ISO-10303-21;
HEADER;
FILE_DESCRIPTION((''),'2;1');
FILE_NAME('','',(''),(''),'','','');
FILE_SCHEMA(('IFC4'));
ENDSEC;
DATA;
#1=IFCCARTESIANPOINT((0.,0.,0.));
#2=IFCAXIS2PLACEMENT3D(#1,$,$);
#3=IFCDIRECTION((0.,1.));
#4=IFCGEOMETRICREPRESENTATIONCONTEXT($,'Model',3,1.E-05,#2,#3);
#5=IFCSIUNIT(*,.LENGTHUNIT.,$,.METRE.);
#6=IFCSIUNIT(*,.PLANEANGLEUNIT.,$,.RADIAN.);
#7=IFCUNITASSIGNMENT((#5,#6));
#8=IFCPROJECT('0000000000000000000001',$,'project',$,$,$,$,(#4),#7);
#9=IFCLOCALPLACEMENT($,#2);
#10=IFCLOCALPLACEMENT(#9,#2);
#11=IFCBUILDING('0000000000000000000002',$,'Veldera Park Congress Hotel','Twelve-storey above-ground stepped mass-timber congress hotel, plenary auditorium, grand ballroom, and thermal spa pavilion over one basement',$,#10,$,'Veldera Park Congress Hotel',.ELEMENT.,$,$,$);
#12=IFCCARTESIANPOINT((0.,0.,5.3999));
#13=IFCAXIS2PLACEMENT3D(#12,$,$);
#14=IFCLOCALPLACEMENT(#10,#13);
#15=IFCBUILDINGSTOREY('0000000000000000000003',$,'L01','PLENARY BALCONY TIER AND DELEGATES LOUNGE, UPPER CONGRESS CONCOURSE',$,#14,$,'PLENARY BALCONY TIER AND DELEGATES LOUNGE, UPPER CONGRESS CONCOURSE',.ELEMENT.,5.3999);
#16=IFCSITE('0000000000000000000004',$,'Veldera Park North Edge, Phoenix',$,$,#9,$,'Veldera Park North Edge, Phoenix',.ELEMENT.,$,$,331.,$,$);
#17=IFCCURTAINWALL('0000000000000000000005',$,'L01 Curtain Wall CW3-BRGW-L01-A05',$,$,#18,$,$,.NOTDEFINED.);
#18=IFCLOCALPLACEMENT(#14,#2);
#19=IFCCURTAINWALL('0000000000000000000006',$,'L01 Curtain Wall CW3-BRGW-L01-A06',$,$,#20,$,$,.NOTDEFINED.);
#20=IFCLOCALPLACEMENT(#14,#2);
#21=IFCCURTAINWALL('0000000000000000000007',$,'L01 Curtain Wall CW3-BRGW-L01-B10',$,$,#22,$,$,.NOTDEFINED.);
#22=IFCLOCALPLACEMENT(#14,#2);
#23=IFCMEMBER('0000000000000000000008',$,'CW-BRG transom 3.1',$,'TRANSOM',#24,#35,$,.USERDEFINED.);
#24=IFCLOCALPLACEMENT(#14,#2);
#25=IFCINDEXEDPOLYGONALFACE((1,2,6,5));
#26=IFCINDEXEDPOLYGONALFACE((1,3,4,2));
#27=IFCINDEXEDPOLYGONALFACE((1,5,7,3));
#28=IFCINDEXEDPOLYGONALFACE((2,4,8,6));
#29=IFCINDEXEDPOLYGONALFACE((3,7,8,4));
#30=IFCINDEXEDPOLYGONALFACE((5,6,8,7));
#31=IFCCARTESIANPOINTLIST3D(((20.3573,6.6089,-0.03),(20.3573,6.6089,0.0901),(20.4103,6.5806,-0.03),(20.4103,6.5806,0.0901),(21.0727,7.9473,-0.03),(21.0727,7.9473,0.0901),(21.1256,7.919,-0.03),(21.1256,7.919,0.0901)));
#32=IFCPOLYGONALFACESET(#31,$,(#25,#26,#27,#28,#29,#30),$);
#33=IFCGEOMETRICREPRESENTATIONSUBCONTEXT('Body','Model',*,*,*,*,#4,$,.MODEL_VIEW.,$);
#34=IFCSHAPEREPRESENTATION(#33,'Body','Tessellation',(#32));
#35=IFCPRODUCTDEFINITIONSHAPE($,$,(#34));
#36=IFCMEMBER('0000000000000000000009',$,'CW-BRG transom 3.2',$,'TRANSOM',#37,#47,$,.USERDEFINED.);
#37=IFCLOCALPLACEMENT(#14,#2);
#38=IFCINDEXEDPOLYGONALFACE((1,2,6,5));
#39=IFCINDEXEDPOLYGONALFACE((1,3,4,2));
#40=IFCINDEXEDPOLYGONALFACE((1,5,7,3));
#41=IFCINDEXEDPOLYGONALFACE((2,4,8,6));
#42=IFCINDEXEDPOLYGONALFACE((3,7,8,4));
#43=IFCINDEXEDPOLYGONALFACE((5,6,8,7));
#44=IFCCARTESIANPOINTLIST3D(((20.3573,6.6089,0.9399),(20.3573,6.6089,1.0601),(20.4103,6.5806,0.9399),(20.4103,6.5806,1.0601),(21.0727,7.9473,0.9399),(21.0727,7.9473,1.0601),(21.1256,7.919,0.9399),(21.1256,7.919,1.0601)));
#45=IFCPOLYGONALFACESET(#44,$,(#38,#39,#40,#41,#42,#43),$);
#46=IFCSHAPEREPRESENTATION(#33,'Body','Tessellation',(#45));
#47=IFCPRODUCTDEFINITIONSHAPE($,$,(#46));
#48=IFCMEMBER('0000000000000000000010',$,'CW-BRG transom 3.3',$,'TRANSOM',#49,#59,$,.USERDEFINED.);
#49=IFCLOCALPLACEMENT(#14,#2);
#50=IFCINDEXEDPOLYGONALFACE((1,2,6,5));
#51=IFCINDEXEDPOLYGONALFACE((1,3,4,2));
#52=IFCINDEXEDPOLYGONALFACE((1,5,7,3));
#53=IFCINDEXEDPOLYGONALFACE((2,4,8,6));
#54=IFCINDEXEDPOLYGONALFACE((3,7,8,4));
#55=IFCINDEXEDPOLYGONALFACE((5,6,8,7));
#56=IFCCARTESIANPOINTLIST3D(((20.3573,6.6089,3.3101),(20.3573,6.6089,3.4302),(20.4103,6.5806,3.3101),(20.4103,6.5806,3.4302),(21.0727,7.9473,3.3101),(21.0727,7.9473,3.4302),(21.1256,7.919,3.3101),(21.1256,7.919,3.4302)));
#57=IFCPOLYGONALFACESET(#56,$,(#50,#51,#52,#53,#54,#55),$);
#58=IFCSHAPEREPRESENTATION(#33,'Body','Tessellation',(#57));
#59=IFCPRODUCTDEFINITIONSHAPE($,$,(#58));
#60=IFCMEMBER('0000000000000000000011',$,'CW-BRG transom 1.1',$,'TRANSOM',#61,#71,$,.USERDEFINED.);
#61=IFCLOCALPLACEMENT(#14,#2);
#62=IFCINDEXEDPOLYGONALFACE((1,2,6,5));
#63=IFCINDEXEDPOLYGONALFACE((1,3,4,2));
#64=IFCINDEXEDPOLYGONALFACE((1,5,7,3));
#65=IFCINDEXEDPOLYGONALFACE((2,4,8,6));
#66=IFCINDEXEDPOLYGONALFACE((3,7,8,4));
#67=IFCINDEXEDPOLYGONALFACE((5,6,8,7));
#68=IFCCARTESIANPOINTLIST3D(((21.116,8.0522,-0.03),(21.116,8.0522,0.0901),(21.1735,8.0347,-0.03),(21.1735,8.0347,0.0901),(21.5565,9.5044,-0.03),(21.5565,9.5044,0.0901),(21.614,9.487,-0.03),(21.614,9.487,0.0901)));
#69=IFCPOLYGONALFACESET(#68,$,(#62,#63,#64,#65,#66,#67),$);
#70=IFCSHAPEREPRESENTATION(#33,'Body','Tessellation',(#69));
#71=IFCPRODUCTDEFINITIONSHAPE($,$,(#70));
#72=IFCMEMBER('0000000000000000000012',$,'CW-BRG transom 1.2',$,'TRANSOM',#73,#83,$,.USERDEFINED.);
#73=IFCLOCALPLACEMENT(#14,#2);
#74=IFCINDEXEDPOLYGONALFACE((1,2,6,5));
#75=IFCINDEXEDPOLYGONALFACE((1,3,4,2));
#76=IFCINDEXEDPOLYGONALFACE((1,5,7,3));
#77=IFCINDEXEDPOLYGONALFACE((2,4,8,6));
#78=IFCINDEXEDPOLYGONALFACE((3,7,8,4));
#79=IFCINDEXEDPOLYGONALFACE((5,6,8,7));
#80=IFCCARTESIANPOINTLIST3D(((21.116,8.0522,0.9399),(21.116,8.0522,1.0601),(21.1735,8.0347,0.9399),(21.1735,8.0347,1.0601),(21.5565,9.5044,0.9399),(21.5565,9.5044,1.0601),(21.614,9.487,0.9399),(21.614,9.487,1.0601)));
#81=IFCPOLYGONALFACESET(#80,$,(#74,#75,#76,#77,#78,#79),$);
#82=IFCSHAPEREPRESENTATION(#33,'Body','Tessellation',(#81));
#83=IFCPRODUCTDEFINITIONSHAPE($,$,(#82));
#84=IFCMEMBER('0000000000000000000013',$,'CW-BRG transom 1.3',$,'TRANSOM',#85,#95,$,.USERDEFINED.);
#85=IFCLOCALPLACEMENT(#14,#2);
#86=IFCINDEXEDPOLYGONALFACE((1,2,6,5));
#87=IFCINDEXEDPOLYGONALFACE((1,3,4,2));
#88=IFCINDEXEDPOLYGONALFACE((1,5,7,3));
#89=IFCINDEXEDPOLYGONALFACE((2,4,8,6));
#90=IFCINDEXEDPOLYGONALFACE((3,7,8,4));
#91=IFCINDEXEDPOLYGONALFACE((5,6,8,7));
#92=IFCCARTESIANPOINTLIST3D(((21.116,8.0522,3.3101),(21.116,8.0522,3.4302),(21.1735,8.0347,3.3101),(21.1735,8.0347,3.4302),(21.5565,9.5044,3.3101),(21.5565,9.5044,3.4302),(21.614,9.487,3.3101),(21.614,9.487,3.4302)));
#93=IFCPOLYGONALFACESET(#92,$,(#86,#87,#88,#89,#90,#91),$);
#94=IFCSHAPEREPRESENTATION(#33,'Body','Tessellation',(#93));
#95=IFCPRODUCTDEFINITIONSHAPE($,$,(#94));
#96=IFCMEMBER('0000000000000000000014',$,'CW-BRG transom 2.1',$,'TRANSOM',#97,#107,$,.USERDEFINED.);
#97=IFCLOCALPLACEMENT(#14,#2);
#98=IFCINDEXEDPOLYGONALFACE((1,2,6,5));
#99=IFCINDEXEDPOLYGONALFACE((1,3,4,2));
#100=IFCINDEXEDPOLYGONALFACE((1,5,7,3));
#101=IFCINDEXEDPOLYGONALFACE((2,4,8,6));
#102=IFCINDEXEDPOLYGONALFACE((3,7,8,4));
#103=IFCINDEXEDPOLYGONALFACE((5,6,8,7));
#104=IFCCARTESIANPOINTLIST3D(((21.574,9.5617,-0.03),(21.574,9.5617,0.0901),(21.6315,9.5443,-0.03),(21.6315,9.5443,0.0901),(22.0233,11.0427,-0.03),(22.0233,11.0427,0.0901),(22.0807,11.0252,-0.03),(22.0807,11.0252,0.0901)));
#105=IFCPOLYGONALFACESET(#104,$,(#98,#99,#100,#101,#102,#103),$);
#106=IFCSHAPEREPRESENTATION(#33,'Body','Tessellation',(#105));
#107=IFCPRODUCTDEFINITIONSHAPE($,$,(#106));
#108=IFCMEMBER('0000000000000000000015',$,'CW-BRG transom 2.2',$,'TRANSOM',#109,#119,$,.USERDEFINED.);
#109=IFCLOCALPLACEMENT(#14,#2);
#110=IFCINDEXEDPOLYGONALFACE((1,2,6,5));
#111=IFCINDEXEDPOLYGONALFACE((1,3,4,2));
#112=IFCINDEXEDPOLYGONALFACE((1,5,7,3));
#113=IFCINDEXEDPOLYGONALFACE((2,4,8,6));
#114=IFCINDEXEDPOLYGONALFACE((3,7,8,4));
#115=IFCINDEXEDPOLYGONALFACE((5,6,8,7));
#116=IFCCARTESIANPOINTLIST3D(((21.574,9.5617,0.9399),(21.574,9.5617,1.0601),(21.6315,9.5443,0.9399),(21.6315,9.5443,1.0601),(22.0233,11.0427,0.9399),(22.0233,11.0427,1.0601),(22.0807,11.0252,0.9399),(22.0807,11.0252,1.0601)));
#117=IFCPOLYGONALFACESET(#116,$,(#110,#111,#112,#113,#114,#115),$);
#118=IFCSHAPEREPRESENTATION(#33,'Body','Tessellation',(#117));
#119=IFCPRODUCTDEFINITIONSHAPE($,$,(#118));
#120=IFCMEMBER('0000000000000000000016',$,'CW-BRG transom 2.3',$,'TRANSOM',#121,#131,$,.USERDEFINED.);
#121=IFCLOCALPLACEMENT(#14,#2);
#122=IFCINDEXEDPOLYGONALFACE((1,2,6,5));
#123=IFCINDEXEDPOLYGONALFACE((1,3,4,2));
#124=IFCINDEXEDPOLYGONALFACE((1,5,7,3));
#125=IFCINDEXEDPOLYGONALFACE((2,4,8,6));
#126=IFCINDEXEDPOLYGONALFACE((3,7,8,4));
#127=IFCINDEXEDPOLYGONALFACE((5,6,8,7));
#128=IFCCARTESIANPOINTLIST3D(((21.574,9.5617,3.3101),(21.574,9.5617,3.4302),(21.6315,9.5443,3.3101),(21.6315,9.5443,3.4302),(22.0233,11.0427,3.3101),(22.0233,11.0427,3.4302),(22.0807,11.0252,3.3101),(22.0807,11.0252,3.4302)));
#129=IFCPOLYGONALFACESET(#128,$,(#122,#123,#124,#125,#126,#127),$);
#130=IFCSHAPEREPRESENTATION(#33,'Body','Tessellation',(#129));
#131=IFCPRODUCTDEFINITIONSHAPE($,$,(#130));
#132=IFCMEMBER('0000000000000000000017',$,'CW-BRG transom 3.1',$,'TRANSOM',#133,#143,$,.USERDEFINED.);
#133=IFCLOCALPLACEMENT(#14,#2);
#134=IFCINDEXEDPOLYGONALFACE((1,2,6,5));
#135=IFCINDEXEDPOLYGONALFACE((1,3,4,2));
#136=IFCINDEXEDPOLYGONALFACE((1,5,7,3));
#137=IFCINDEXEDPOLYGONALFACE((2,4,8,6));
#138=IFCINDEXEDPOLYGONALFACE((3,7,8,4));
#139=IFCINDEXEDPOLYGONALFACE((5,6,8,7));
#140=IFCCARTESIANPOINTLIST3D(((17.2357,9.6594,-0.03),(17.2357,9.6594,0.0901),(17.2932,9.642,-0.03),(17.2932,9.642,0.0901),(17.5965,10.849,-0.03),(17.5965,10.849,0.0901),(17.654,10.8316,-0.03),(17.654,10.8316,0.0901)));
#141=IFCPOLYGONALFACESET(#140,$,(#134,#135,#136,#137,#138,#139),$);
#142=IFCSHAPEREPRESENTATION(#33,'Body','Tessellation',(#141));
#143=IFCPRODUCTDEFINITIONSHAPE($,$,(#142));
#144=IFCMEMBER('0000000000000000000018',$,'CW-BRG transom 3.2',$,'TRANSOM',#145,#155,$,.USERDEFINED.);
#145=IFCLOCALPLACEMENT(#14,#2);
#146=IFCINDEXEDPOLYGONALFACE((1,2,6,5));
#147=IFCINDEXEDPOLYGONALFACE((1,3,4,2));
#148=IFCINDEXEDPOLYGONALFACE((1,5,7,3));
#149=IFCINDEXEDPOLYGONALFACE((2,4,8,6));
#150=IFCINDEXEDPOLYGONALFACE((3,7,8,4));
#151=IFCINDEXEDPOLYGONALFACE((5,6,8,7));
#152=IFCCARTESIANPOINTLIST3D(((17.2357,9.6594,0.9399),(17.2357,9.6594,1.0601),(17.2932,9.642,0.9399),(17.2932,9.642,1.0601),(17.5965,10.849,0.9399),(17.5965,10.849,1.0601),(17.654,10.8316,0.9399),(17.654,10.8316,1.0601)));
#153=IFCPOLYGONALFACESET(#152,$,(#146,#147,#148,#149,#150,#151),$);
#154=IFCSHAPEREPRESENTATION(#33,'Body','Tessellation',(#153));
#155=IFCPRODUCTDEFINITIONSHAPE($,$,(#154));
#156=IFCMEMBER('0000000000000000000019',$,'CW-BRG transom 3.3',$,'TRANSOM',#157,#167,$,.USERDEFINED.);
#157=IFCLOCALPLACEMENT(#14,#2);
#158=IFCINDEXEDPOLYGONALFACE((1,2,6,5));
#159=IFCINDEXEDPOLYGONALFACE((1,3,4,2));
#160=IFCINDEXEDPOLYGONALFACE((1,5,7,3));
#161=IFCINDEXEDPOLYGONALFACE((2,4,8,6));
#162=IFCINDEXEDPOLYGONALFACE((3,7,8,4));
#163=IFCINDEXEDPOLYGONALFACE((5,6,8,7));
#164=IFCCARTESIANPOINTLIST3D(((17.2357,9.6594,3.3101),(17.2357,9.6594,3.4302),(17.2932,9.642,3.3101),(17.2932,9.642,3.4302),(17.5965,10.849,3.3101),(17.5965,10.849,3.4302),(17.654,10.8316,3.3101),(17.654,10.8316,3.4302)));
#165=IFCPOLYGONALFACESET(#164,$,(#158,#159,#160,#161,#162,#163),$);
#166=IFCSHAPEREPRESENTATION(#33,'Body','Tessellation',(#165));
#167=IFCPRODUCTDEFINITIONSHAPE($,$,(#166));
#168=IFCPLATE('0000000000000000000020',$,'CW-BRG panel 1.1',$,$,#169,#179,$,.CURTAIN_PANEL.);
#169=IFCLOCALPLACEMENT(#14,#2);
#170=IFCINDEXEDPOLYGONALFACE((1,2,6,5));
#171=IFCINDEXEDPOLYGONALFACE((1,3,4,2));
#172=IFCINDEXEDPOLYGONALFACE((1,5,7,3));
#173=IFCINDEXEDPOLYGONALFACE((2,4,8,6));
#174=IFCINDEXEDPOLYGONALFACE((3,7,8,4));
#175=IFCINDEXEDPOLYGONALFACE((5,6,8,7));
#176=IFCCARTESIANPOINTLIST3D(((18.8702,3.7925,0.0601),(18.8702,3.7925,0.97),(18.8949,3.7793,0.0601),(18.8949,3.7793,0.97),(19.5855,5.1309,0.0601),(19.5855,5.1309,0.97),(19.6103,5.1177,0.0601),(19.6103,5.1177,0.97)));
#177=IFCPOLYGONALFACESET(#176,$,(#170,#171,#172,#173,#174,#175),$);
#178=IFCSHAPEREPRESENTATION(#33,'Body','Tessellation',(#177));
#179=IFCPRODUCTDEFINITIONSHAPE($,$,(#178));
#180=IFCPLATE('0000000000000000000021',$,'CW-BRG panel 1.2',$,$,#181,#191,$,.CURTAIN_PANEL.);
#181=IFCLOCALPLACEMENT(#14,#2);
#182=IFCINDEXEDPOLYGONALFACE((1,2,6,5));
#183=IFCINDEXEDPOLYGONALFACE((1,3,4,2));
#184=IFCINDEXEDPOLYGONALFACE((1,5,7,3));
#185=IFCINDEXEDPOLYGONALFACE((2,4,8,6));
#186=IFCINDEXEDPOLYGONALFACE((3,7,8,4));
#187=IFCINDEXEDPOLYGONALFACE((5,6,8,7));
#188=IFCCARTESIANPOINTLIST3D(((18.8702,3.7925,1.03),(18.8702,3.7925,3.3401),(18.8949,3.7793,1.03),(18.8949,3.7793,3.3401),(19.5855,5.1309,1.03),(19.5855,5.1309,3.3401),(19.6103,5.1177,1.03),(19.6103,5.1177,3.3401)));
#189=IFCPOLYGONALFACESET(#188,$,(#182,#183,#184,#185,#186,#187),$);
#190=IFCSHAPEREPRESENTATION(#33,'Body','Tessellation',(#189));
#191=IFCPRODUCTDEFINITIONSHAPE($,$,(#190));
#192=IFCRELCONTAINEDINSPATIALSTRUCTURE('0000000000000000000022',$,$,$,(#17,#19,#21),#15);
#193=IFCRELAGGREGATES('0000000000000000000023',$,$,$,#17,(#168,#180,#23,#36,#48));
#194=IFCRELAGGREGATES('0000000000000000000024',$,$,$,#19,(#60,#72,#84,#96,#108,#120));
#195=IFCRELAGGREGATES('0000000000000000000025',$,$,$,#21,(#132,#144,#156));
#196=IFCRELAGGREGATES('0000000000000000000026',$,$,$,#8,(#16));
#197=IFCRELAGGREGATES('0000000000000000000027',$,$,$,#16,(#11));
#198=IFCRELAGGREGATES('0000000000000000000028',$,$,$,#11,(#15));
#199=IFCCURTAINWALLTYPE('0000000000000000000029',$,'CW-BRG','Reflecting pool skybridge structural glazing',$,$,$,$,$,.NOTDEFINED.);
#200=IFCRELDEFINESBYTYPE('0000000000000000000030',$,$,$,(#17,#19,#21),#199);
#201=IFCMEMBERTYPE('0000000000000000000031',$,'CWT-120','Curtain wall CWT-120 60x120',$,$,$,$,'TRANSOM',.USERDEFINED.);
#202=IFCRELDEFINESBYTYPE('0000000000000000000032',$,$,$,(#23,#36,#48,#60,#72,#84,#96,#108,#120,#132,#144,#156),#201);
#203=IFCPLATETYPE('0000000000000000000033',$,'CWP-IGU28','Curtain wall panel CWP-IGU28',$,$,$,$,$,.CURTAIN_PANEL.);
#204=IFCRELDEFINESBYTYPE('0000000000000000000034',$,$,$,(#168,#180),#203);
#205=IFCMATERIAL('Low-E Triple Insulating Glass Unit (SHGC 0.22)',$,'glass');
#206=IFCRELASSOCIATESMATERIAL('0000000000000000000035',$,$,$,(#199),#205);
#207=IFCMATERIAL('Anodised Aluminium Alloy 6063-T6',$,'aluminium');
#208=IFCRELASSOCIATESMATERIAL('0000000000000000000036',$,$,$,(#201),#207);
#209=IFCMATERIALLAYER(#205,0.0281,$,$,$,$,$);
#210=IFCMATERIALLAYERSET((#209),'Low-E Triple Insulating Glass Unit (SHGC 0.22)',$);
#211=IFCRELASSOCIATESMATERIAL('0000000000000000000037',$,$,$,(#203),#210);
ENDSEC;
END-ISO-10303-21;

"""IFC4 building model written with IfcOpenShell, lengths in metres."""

from ifc_helpers import new_model, si_unit, direction, frame, origin, origin_2d, place, context, subcontext, project, spatial, rectangle, extrude, material, layer, layer_set, material_profile, profile_set, type_object, element, aggregate, save


model = new_model("IFC4")

# Units and contexts
model_context = context("Model", 3, precision=1e-05, world=origin(), true_north=direction((0.0, 1.0)))
body_context = subcontext(model_context, "Body", "Model", "MODEL_VIEW")
ifc_project = project(units=[si_unit("LENGTHUNIT", "METRE"), si_unit("PLANEANGLEUNIT", "RADIAN")], contexts=[model_context])

# Site, building, storey
site_placement = place(None, origin())
site = spatial("IfcSite", under=ifc_project, at=site_placement, Name="Veldera Park North Edge, Phoenix", LongName="Veldera Park North Edge, Phoenix", CompositionType="ELEMENT", RefElevation=331.0)
building_placement = place(site_placement, origin())
building = spatial("IfcBuilding", under=site, at=building_placement, Name="Veldera Park Congress Hotel", Description="Twelve-storey above-ground stepped mass-timber congress hotel, plenary auditorium, grand ballroom, and thermal spa pavilion over one basement", LongName="Veldera Park Congress Hotel", CompositionType="ELEMENT")
storey_placement = place(building_placement, frame((0.0, 0.0, 5.3999)))
storey = spatial("IfcBuildingStorey", under=building, at=storey_placement, Name="L01", Description="PLENARY BALCONY TIER AND DELEGATES LOUNGE, UPPER CONGRESS CONCOURSE", LongName="PLENARY BALCONY TIER AND DELEGATES LOUNGE, UPPER CONGRESS CONCOURSE", CompositionType="ELEMENT", Elevation=5.3999)

# Shared definitions
ifc_material_1 = material(Name="Low-E Triple Insulating Glass Unit (SHGC 0.22)", Category="glass")
curtain_wall_type = type_object("IfcCurtainWallType", Name="CW-BRG", Description="Reflecting pool skybridge structural glazing", PredefinedType="NOTDEFINED", material=ifc_material_1)
ifc_material_2 = material(Name="Anodised Aluminium Alloy 6063-T6", Category="aluminium")

# Curtain walls
curtain_wall_1_placement = place(storey_placement, origin())
curtain_wall_1 = element("IfcCurtainWall", 1, at=curtain_wall_1_placement, inside=storey, type_object=curtain_wall_type, Name="L01 Curtain Wall CW3-BRGW-L01-A05", PredefinedType="NOTDEFINED")
curtain_wall_2_placement = place(storey_placement, origin())
curtain_wall_2 = element("IfcCurtainWall", 2, at=curtain_wall_2_placement, inside=storey, type_object=curtain_wall_type, Name="L01 Curtain Wall CW3-BRGW-L01-A06", PredefinedType="NOTDEFINED")

# Curtain wall
curtain_wall_3_placement = place(storey_placement, origin())
curtain_wall_3 = element("IfcCurtainWall", 3, at=curtain_wall_3_placement, inside=storey, type_object=curtain_wall_type, Name="L01 Curtain Wall CW3-BRGW-L01-B10", PredefinedType="NOTDEFINED")

# Members
ifc_material_profile_1 = material_profile(ifc_material_2, rectangle(XDim=0.0601, YDim=0.1201, at=origin_2d()), Name="ALU 60x120")
ifc_profile_set_1 = profile_set([ifc_material_profile_1], Name="Anodised Aluminium Alloy 6063-T6")
member_type_1 = type_object("IfcMemberType", Name="CWT-120", Description="Curtain wall CWT-120 60x120", ElementType="TRANSOM", PredefinedType="USERDEFINED", material=ifc_profile_set_1)
member_1_placement = place(storey_placement, frame((20.3838, 6.5947, 0.03), z_axis=(0.471373, 0.881934, 0.0), x_axis=(-0.881934, 0.471373, 0.0)))
member_1 = element("IfcMember", 4, at=member_1_placement, type_object=member_type_1, Name="CW-BRG transom 3.1", ObjectType="TRANSOM", PredefinedType="USERDEFINED", context=body_context, shape_type="SweptSolid", body=[
    extrude(rectangle(XDim=0.0601, YDim=0.1201, at=origin_2d()), origin(), (0.0, 0.0, 1.0), 1.5176),
])
member_2_placement = place(storey_placement, frame((20.3838, 6.5947, 1.0), z_axis=(0.471373, 0.881934, 0.0), x_axis=(-0.881934, 0.471373, 0.0)))
member_2 = element("IfcMember", 5, at=member_2_placement, type_object=member_type_1, Name="CW-BRG transom 3.2", ObjectType="TRANSOM", PredefinedType="USERDEFINED", context=body_context, shape_type="SweptSolid", body=[
    extrude(rectangle(XDim=0.0601, YDim=0.1201, at=origin_2d()), origin(), (0.0, 0.0, 1.0), 1.5176),
])
member_3_placement = place(storey_placement, frame((20.3838, 6.5947, 3.3701), z_axis=(0.471373, 0.881934, 0.0), x_axis=(-0.881934, 0.471373, 0.0)))
member_3 = element("IfcMember", 6, at=member_3_placement, type_object=member_type_1, Name="CW-BRG transom 3.3", ObjectType="TRANSOM", PredefinedType="USERDEFINED", context=body_context, shape_type="SweptSolid", body=[
    extrude(rectangle(XDim=0.0601, YDim=0.1201, at=origin_2d()), origin(), (0.0, 0.0, 1.0), 1.5176),
])
member_4_placement = place(storey_placement, frame((21.1448, 8.0435, 0.03), z_axis=(0.29024, 0.956954, 0.0), x_axis=(-0.956954, 0.29024, 0.0)))
member_4 = element("IfcMember", 7, at=member_4_placement, type_object=member_type_1, Name="CW-BRG transom 1.1", ObjectType="TRANSOM", PredefinedType="USERDEFINED", context=body_context, shape_type="SweptSolid", body=[
    extrude(rectangle(XDim=0.0601, YDim=0.1201, at=origin_2d()), origin(), (0.0, 0.0, 1.0), 1.5176),
])
member_5_placement = place(storey_placement, frame((21.1448, 8.0435, 1.0), z_axis=(0.29024, 0.956954, 0.0), x_axis=(-0.956954, 0.29024, 0.0)))
member_5 = element("IfcMember", 8, at=member_5_placement, type_object=member_type_1, Name="CW-BRG transom 1.2", ObjectType="TRANSOM", PredefinedType="USERDEFINED", context=body_context, shape_type="SweptSolid", body=[
    extrude(rectangle(XDim=0.0601, YDim=0.1201, at=origin_2d()), origin(), (0.0, 0.0, 1.0), 1.5176),
])
member_6_placement = place(storey_placement, frame((21.1448, 8.0435, 3.3701), z_axis=(0.29024, 0.956954, 0.0), x_axis=(-0.956954, 0.29024, 0.0)))
member_6 = element("IfcMember", 9, at=member_6_placement, type_object=member_type_1, Name="CW-BRG transom 1.3", ObjectType="TRANSOM", PredefinedType="USERDEFINED", context=body_context, shape_type="SweptSolid", body=[
    extrude(rectangle(XDim=0.0601, YDim=0.1201, at=origin_2d()), origin(), (0.0, 0.0, 1.0), 1.5176),
])
member_7_placement = place(storey_placement, frame((21.6028, 9.553, 0.03), z_axis=(0.29027, 0.956945, 0.0), x_axis=(-0.956945, 0.29027, 0.0)))
member_7 = element("IfcMember", 10, at=member_7_placement, type_object=member_type_1, Name="CW-BRG transom 2.1", ObjectType="TRANSOM", PredefinedType="USERDEFINED", context=body_context, shape_type="SweptSolid", body=[
    extrude(rectangle(XDim=0.0601, YDim=0.1201, at=origin_2d()), origin(), (0.0, 0.0, 1.0), 1.5476),
])
member_8_placement = place(storey_placement, frame((21.6028, 9.553, 1.0), z_axis=(0.29027, 0.956945, 0.0), x_axis=(-0.956945, 0.29027, 0.0)))
member_8 = element("IfcMember", 11, at=member_8_placement, type_object=member_type_1, Name="CW-BRG transom 2.2", ObjectType="TRANSOM", PredefinedType="USERDEFINED", context=body_context, shape_type="SweptSolid", body=[
    extrude(rectangle(XDim=0.0601, YDim=0.1201, at=origin_2d()), origin(), (0.0, 0.0, 1.0), 1.5476),
])
member_9_placement = place(storey_placement, frame((21.6028, 9.553, 3.3701), z_axis=(0.29027, 0.956945, 0.0), x_axis=(-0.956945, 0.29027, 0.0)))
member_9 = element("IfcMember", 12, at=member_9_placement, type_object=member_type_1, Name="CW-BRG transom 2.3", ObjectType="TRANSOM", PredefinedType="USERDEFINED", context=body_context, shape_type="SweptSolid", body=[
    extrude(rectangle(XDim=0.0601, YDim=0.1201, at=origin_2d()), origin(), (0.0, 0.0, 1.0), 1.5476),
])
member_10_placement = place(storey_placement, frame((17.6252, 10.8403, 0.03), z_axis=(-0.290247, -0.956952, 0.0), x_axis=(0.956952, -0.290247, 0.0)))
member_10 = element("IfcMember", 13, at=member_10_placement, type_object=member_type_1, Name="CW-BRG transom 3.1", ObjectType="TRANSOM", PredefinedType="USERDEFINED", context=body_context, shape_type="SweptSolid", body=[
    extrude(rectangle(XDim=0.0601, YDim=0.1201, at=origin_2d()), origin(), (0.0, 0.0, 1.0), 1.2432),
])
member_11_placement = place(storey_placement, frame((17.6252, 10.8403, 1.0), z_axis=(-0.290247, -0.956952, 0.0), x_axis=(0.956952, -0.290247, 0.0)))
member_11 = element("IfcMember", 14, at=member_11_placement, type_object=member_type_1, Name="CW-BRG transom 3.2", ObjectType="TRANSOM", PredefinedType="USERDEFINED", context=body_context, shape_type="SweptSolid", body=[
    extrude(rectangle(XDim=0.0601, YDim=0.1201, at=origin_2d()), origin(), (0.0, 0.0, 1.0), 1.2432),
])
member_12_placement = place(storey_placement, frame((17.6252, 10.8403, 3.3701), z_axis=(-0.290247, -0.956952, 0.0), x_axis=(0.956952, -0.290247, 0.0)))
member_12 = element("IfcMember", 15, at=member_12_placement, type_object=member_type_1, Name="CW-BRG transom 3.3", ObjectType="TRANSOM", PredefinedType="USERDEFINED", context=body_context, shape_type="SweptSolid", body=[
    extrude(rectangle(XDim=0.0601, YDim=0.1201, at=origin_2d()), origin(), (0.0, 0.0, 1.0), 1.2432),
])

# Plates
ifc_layer = layer(ifc_material_1, 0.0281)
ifc_layer_set = layer_set([ifc_layer], Name="Low-E Triple Insulating Glass Unit (SHGC 0.22)")
plate_type = type_object("IfcPlateType", Name="CWP-IGU28", Description="Curtain wall panel CWP-IGU28", PredefinedType="CURTAIN_PANEL", material=ifc_layer_set)
plate_1_placement = place(storey_placement, frame((19.2402, 4.4551, 0.0601), z_axis=(0.0, 0.0, 1.0), x_axis=(0.471385, 0.881928, 0.0)))
plate_1 = element("IfcPlate", 16, at=plate_1_placement, type_object=plate_type, Name="CW-BRG panel 1.1", PredefinedType="CURTAIN_PANEL", context=body_context, shape_type="SweptSolid", body=[
    extrude(rectangle(XDim=1.5176, YDim=0.0281, at=origin_2d()), origin(), (0.0, 0.0, 1.0), 0.9099),
])
plate_2_placement = place(storey_placement, frame((19.2402, 4.4551, 1.03), z_axis=(0.0, 0.0, 1.0), x_axis=(0.471385, 0.881928, 0.0)))
plate_2 = element("IfcPlate", 17, at=plate_2_placement, type_object=plate_type, Name="CW-BRG panel 1.2", PredefinedType="CURTAIN_PANEL", context=body_context, shape_type="SweptSolid", body=[
    extrude(rectangle(XDim=1.5176, YDim=0.0281, at=origin_2d()), origin(), (0.0, 0.0, 1.0), 2.3101),
])
aggregate(curtain_wall_1, [plate_1, plate_2, member_1, member_2, member_3])
aggregate(curtain_wall_2, [member_4, member_5, member_6, member_7, member_8, member_9])
aggregate(curtain_wall_3, [member_10, member_11, member_12])

save(model, "model.ifc")
